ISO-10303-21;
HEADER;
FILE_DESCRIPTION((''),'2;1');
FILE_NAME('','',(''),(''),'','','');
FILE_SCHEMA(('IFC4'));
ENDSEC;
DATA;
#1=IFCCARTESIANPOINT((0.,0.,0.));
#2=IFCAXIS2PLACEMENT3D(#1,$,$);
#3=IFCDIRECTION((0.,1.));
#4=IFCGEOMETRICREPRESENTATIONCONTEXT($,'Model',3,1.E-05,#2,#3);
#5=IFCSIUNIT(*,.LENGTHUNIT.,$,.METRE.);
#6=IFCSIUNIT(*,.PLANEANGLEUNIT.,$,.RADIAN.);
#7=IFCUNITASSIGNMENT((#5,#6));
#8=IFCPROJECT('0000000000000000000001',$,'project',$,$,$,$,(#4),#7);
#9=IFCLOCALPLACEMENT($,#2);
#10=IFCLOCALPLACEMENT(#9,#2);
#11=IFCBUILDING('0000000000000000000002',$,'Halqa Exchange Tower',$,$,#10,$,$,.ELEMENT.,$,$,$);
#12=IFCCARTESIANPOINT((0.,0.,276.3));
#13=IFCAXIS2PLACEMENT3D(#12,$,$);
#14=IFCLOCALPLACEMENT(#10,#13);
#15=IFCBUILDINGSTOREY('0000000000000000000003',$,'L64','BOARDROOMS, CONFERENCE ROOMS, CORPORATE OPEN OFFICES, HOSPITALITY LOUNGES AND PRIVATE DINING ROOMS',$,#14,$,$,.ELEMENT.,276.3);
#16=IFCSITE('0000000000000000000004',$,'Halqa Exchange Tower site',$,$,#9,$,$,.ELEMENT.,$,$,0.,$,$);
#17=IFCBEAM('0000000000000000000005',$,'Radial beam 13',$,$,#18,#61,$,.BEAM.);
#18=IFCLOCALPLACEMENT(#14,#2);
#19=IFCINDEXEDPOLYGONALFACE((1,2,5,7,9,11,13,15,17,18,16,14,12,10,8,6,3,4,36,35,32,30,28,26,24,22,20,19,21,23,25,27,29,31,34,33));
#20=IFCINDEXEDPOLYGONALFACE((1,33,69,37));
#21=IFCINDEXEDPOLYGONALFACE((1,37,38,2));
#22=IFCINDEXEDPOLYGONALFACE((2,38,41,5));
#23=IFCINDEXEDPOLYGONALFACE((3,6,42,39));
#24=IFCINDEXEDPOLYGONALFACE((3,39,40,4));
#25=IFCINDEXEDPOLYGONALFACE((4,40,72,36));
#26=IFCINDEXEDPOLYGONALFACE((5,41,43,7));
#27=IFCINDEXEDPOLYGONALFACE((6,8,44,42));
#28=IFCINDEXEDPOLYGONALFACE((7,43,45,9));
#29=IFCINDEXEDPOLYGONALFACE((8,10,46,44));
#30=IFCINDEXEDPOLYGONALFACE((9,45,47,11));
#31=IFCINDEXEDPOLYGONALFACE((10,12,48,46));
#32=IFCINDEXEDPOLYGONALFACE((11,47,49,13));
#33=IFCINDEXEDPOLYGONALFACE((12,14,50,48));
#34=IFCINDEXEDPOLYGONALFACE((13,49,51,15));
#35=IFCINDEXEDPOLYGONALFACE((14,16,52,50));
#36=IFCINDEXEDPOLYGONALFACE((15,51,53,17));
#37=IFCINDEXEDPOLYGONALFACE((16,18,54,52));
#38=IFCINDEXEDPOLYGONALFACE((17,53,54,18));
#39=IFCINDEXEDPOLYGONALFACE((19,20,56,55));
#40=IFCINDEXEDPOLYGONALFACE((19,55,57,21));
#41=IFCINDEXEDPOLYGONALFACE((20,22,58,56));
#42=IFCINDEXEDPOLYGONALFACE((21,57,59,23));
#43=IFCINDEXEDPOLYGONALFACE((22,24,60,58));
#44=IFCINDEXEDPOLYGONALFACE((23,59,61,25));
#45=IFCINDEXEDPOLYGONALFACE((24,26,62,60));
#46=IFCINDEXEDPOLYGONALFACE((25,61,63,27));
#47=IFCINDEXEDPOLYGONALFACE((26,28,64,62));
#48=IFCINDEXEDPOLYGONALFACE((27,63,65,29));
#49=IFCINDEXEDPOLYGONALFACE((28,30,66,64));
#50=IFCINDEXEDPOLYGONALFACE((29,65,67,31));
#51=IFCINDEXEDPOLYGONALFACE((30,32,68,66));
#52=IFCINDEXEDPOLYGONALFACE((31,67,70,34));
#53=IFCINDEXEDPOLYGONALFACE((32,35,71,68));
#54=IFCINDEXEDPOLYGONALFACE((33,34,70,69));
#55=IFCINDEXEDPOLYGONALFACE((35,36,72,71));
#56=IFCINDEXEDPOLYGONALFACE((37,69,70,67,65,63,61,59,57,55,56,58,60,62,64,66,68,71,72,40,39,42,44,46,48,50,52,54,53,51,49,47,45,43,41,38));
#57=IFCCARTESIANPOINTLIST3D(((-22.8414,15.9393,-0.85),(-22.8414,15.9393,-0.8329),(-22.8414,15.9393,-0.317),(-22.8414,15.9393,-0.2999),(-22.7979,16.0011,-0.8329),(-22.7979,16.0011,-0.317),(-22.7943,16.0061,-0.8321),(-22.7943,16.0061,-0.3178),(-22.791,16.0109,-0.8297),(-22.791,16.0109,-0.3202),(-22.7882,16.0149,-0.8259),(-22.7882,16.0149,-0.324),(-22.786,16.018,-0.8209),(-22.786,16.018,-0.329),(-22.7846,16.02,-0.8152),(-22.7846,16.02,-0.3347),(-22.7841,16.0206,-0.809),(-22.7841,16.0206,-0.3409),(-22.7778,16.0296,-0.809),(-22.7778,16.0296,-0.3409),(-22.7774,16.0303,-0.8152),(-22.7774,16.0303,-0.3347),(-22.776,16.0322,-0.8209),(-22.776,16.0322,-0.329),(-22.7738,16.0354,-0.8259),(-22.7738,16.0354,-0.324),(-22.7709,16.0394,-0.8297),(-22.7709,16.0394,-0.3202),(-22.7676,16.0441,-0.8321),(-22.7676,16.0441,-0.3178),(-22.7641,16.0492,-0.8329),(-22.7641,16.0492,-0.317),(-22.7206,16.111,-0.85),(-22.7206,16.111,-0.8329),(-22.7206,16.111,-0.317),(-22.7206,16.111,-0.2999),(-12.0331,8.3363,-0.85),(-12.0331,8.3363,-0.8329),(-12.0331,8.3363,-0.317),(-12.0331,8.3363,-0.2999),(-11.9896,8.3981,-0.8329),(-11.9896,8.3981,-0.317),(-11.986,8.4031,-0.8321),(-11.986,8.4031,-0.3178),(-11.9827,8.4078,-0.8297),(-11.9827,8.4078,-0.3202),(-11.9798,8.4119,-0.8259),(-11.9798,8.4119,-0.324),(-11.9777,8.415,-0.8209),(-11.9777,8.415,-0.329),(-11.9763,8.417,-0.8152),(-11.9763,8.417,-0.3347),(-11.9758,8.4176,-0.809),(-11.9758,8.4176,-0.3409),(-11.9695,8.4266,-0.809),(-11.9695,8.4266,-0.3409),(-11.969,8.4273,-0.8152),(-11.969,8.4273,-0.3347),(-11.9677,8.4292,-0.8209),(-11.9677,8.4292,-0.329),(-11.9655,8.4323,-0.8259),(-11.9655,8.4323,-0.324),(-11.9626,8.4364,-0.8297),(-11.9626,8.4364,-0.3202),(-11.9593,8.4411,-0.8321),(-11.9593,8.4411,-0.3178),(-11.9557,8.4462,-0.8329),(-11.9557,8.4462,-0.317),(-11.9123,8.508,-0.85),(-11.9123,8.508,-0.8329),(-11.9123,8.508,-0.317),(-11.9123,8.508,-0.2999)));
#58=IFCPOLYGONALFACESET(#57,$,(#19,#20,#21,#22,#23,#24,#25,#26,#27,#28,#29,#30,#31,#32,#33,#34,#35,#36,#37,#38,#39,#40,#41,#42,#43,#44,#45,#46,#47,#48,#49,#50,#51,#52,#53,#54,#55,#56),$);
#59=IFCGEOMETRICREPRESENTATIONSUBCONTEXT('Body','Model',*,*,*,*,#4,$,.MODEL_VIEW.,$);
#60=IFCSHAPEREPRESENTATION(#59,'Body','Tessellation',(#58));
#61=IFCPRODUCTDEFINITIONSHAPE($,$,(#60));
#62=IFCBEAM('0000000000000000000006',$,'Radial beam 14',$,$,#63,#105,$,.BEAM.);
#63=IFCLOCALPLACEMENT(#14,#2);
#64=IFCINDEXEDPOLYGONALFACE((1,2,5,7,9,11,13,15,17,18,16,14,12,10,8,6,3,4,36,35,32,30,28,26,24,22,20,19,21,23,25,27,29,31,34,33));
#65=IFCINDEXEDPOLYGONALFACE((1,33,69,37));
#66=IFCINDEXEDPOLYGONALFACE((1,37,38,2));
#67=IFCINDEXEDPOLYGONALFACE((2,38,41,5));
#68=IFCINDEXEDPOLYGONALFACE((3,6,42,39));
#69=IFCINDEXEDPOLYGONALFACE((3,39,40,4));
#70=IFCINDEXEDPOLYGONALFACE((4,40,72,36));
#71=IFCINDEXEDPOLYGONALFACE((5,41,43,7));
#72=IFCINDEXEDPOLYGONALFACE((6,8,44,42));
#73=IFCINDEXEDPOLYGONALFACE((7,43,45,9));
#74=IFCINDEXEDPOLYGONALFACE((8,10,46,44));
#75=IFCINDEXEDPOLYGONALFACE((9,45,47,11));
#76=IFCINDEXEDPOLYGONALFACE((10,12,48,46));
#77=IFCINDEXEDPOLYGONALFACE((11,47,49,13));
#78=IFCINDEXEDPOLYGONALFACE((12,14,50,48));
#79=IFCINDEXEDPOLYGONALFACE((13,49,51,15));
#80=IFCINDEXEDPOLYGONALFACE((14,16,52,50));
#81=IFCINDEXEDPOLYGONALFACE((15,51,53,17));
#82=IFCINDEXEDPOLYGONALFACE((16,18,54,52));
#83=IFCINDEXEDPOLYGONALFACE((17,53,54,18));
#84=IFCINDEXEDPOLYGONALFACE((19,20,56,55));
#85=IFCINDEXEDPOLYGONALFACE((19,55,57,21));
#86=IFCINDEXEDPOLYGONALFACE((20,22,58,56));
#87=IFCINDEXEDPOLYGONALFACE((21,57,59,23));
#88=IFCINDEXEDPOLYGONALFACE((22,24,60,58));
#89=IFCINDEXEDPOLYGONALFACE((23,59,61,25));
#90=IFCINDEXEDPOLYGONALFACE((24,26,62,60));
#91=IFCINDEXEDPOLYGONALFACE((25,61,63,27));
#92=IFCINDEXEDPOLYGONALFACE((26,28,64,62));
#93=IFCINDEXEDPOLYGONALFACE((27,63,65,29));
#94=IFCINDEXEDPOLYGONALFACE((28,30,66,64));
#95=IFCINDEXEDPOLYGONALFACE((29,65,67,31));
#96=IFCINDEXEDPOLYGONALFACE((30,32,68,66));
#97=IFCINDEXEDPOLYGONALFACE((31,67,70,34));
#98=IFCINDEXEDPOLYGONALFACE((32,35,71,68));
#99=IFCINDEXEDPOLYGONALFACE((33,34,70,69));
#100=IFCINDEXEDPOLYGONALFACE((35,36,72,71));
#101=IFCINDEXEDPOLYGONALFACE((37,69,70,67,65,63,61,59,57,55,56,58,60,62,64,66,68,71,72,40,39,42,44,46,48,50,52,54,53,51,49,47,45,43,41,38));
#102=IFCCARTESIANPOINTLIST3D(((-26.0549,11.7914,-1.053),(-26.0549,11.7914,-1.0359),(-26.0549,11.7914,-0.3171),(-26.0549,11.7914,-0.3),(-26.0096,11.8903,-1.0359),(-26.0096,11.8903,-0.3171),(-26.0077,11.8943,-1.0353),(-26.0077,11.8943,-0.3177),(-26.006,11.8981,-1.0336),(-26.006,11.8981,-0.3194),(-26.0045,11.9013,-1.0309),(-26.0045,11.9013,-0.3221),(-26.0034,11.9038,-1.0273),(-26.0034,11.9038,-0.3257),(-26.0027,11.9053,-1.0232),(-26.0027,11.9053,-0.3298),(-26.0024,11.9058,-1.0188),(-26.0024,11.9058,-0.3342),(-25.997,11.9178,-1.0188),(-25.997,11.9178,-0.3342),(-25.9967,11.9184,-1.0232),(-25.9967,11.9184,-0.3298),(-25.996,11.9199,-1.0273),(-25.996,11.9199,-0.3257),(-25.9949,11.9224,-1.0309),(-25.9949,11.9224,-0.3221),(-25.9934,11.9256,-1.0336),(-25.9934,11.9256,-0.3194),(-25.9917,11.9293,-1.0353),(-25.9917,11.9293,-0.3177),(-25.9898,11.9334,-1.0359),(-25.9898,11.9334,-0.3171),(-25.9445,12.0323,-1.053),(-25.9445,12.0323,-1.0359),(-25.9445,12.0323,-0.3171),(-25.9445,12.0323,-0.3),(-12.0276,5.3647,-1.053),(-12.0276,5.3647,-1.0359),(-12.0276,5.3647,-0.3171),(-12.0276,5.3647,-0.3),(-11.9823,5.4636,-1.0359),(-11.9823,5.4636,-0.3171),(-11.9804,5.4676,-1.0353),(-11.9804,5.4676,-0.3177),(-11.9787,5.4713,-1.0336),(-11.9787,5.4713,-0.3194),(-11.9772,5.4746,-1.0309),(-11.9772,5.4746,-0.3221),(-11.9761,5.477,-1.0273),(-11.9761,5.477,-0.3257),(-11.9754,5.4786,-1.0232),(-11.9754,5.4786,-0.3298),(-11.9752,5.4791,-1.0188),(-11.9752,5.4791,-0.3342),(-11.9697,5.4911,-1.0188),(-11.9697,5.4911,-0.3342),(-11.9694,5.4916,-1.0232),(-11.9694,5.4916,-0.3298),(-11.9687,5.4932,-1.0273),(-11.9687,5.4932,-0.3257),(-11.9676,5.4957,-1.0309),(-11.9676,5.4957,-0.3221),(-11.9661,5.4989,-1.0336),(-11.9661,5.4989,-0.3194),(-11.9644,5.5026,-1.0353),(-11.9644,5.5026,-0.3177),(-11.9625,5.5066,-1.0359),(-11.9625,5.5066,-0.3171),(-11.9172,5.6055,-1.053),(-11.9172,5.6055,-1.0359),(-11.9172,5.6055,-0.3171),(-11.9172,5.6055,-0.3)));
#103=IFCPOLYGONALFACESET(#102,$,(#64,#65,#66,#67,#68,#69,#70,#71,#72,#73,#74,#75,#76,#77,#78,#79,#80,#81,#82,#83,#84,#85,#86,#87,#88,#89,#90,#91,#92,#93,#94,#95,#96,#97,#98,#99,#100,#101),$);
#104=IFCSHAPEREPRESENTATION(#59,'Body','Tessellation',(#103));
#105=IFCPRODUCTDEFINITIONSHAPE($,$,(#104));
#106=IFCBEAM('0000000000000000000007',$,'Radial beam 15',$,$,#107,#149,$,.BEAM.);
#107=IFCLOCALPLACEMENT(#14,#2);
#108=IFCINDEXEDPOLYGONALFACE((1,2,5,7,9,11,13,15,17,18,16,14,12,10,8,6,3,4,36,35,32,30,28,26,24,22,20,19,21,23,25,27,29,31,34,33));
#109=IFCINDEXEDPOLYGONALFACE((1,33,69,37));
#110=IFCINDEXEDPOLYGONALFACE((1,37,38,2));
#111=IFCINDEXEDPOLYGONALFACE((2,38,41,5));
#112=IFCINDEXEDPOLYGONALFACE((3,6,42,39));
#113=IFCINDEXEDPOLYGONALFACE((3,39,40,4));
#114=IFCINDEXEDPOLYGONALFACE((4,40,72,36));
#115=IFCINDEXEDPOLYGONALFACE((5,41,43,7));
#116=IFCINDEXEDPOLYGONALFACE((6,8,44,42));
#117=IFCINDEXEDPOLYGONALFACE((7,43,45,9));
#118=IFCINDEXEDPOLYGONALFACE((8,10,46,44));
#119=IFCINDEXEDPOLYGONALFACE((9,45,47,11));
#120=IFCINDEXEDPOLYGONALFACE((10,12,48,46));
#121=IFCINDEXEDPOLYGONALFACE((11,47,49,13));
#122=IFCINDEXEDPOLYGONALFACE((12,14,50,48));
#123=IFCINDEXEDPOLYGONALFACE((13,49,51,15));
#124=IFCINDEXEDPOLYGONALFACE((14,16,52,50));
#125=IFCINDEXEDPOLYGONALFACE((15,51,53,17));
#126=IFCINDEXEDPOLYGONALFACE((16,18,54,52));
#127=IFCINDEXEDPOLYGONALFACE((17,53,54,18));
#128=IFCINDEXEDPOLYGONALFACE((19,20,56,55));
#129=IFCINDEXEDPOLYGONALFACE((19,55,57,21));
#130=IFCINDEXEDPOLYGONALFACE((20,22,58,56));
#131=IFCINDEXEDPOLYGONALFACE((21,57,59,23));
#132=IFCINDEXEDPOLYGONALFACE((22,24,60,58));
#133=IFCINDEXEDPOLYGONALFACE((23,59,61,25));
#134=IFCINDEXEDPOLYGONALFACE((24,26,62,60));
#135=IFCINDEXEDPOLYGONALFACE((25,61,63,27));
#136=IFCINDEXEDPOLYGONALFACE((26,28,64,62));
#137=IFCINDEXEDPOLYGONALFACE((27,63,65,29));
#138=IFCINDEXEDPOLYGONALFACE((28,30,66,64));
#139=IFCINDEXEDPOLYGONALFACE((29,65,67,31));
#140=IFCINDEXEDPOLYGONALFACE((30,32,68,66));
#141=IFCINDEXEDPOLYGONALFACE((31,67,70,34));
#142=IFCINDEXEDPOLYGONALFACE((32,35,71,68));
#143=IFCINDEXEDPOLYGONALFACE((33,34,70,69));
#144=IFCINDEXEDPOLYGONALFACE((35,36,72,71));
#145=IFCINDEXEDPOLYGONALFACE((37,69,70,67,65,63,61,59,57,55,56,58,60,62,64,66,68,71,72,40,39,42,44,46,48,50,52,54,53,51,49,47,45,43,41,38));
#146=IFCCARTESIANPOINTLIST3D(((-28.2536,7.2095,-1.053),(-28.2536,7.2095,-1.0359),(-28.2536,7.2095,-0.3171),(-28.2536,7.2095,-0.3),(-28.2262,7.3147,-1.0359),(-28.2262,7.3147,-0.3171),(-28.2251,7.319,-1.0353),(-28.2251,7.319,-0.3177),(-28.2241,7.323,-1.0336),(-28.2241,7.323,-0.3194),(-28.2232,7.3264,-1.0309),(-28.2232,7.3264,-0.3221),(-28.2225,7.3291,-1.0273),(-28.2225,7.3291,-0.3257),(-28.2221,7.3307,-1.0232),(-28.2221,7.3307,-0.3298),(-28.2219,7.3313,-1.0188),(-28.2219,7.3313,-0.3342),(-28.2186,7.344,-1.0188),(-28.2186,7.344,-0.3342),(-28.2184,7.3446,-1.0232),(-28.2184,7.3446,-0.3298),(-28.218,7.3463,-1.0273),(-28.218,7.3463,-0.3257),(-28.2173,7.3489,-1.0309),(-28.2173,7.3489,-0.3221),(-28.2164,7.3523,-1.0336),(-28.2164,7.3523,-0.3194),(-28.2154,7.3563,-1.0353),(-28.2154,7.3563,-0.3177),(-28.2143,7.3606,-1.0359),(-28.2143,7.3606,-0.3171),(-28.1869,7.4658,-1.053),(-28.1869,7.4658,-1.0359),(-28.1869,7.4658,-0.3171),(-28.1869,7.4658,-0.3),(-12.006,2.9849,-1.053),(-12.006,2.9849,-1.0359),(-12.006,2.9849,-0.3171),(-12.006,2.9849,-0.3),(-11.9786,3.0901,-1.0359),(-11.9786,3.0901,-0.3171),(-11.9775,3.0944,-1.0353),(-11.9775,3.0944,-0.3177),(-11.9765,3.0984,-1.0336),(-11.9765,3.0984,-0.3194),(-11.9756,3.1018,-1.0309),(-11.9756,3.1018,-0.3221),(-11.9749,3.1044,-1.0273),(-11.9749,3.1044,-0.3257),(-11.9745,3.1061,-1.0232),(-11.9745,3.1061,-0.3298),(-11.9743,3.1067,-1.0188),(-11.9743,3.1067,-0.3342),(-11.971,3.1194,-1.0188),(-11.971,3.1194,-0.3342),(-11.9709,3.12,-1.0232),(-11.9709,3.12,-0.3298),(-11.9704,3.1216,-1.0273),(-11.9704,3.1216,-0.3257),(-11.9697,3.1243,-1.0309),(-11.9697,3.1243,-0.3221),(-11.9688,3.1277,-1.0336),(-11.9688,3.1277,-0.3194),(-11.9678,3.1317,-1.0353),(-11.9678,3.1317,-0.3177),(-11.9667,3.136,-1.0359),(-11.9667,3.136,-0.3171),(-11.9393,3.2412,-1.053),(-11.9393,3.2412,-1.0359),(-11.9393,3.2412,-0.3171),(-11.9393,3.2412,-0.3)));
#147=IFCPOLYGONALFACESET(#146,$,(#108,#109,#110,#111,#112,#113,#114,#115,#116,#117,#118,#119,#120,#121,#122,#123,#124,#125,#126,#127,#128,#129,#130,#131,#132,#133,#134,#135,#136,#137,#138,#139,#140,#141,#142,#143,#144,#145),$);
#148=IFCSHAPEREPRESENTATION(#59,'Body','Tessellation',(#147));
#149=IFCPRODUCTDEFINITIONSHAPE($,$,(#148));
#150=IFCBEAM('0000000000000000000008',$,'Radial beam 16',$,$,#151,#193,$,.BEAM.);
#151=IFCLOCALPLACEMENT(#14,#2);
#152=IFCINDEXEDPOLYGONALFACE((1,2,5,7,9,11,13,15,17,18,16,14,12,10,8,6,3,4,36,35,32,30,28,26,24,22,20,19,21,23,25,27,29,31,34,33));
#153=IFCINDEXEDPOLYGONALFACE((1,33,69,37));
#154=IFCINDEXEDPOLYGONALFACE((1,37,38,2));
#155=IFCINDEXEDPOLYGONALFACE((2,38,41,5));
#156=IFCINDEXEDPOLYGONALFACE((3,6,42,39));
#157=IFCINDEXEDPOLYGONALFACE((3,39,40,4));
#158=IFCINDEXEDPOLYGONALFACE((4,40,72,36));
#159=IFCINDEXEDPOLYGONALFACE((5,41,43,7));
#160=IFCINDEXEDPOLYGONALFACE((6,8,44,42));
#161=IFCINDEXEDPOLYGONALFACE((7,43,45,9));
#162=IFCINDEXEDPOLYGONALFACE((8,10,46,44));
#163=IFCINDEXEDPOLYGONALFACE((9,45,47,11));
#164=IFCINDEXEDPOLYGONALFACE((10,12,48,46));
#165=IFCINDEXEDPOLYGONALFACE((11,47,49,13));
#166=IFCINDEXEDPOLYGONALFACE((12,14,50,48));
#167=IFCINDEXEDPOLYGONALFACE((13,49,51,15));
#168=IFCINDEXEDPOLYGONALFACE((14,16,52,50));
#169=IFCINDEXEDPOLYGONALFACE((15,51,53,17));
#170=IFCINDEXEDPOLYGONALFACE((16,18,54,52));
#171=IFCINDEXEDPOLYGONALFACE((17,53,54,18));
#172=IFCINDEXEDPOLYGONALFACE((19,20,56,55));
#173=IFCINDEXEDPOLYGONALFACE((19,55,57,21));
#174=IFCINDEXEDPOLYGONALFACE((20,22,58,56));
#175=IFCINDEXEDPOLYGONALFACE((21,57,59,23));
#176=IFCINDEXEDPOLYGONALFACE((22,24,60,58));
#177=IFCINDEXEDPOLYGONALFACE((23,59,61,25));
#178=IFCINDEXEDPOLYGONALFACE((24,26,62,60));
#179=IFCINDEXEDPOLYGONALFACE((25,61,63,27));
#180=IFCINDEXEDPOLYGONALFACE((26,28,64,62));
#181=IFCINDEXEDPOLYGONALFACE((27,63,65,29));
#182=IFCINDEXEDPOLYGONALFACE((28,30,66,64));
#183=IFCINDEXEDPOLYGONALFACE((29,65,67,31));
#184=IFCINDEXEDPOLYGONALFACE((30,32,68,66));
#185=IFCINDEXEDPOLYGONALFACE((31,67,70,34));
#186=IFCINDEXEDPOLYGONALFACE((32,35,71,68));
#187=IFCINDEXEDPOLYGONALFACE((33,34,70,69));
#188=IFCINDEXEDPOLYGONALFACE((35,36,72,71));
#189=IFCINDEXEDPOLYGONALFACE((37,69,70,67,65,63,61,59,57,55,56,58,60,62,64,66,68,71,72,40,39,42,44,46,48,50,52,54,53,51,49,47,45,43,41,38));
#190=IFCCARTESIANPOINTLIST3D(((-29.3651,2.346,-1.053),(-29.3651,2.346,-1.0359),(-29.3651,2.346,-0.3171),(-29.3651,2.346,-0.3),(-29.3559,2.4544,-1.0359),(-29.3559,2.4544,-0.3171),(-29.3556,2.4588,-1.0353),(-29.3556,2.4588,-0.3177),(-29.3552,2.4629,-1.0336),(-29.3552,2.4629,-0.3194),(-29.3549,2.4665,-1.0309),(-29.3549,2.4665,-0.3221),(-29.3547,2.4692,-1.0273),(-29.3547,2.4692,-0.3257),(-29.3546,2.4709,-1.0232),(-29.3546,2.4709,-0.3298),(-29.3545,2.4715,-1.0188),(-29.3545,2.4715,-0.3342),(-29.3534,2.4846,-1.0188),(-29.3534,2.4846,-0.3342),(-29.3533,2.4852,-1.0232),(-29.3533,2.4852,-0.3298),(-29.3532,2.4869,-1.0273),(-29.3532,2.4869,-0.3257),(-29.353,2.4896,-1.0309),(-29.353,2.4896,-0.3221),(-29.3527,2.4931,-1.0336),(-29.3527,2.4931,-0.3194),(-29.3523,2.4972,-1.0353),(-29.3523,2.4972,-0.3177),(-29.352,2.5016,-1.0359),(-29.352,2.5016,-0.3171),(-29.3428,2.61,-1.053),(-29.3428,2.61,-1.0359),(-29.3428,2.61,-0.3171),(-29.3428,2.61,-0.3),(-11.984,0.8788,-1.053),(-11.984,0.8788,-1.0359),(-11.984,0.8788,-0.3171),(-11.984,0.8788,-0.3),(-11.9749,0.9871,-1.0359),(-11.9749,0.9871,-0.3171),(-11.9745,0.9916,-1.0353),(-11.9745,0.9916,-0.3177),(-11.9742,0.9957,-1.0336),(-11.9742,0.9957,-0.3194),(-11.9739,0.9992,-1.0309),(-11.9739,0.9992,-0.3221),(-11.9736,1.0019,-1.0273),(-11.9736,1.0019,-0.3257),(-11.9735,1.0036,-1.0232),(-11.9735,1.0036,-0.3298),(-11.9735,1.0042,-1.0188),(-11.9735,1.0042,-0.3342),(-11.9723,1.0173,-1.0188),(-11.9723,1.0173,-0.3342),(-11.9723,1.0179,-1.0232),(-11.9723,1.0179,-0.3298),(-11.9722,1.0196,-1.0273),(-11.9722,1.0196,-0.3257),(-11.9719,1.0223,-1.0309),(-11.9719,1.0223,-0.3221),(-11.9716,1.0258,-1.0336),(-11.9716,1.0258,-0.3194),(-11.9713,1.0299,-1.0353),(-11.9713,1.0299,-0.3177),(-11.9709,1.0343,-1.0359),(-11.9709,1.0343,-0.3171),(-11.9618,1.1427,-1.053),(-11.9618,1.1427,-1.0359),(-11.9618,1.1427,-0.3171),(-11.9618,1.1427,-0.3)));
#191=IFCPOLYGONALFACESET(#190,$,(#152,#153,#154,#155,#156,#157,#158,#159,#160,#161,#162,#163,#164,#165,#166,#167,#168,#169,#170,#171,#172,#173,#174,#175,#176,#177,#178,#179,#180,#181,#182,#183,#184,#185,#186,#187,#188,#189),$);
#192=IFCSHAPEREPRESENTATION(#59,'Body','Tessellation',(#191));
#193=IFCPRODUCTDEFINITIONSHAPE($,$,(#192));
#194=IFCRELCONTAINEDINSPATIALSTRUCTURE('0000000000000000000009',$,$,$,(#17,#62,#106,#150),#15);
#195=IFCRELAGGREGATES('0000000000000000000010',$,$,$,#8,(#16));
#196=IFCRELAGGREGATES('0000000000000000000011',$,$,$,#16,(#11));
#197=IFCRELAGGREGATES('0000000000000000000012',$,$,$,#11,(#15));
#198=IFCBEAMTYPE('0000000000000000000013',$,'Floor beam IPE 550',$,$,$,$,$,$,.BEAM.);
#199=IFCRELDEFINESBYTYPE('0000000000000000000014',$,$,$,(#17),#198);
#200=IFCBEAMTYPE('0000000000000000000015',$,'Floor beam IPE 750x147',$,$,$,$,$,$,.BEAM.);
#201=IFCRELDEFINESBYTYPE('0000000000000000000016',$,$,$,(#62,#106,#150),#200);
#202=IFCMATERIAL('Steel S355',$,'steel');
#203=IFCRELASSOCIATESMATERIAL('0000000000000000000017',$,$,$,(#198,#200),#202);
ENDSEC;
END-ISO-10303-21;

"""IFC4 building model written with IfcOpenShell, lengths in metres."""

from ifc_helpers import new_model, si_unit, direction, frame, origin, origin_2d, place, context, subcontext, project, spatial, i_section, extrude, material, material_profile, profile_set, type_object, element, save


model = new_model("IFC4")

# Units and contexts
model_context = context("Model", 3, precision=1e-05, world=origin(), true_north=direction((0.0, 1.0)))
body_context = subcontext(model_context, "Body", "Model", "MODEL_VIEW")
ifc_project = project(units=[si_unit("LENGTHUNIT", "METRE"), si_unit("PLANEANGLEUNIT", "RADIAN")], contexts=[model_context])

# Site, building, storey
site_placement = place(None, origin())
site = spatial("IfcSite", under=ifc_project, at=site_placement, Name="Halqa Exchange Tower site", CompositionType="ELEMENT", RefElevation=0.0)
building_placement = place(site_placement, origin())
building = spatial("IfcBuilding", under=site, at=building_placement, Name="Halqa Exchange Tower", CompositionType="ELEMENT")
storey_placement = place(building_placement, frame((0.0, 0.0, 276.3)))
storey = spatial("IfcBuildingStorey", under=building, at=storey_placement, Name="L64", Description="BOARDROOMS, CONFERENCE ROOMS, CORPORATE OPEN OFFICES, HOSPITALITY LOUNGES AND PRIVATE DINING ROOMS", CompositionType="ELEMENT", Elevation=276.3)

# Beams
ifc_material_1 = material(Name="Steel S355", Category="steel")
ifc_material_profile_1 = material_profile(ifc_material_1, i_section(OverallWidth=0.21, OverallDepth=0.55, WebThickness=0.011, FlangeThickness=0.0171, FilletRadius=0.0239, at=origin_2d()), Name="IPE 550")
ifc_profile_set_1 = profile_set([ifc_material_profile_1], Name="Steel S355")
beam_type_1 = type_object("IfcBeamType", Name="Floor beam IPE 550", PredefinedType="BEAM", material=ifc_profile_set_1)
beam_1_placement = place(storey_placement, frame((-11.9727, 8.4221, -0.575), z_axis=(-0.817908, 0.575349, 0.0), x_axis=(-0.575349, -0.817908, 0.0)))
element("IfcBeam", 1, at=beam_1_placement, inside=storey, type_object=beam_type_1, Name="Radial beam 13", PredefinedType="BEAM", context=body_context, shape_type="SweptSolid", body=[
    extrude(i_section(OverallWidth=0.21, OverallDepth=0.55, WebThickness=0.011, FlangeThickness=0.0171, FilletRadius=0.0239, at=origin_2d()), origin(), (0.0, 0.0, 1.0), 13.2146),
])
ifc_material_profile_2 = material_profile(ifc_material_1, i_section(OverallWidth=0.2649, OverallDepth=0.7529, WebThickness=0.0132, FlangeThickness=0.0171, FilletRadius=0.0171, at=origin_2d()), Name="IPE 750x147")
ifc_profile_set_2 = profile_set([ifc_material_profile_2], Name="Steel S355")
beam_type_2 = type_object("IfcBeamType", Name="Floor beam IPE 750x147", PredefinedType="BEAM", material=ifc_profile_set_2)
beam_2_placement = place(storey_placement, frame((-11.9724, 5.4851, -0.6765), z_axis=(-0.909125, 0.416524, 0.0), x_axis=(-0.416524, -0.909125, 0.0)))
element("IfcBeam", 2, at=beam_2_placement, inside=storey, type_object=beam_type_2, Name="Radial beam 14", PredefinedType="BEAM", context=body_context, shape_type="SweptSolid", body=[
    extrude(i_section(OverallWidth=0.2649, OverallDepth=0.7529, WebThickness=0.0132, FlangeThickness=0.0171, FilletRadius=0.0171, at=origin_2d()), origin(), (0.0, 0.0, 1.0), 15.4294),
])
beam_3_placement = place(storey_placement, frame((-11.9727, 3.113, -0.6765), z_axis=(-0.967819, 0.251647, 0.0), x_axis=(-0.251647, -0.967819, 0.0)))
element("IfcBeam", 3, at=beam_3_placement, inside=storey, type_object=beam_type_2, Name="Radial beam 15", PredefinedType="BEAM", context=body_context, shape_type="SweptSolid", body=[
    extrude(i_section(OverallWidth=0.2649, OverallDepth=0.7529, WebThickness=0.0132, FlangeThickness=0.0171, FilletRadius=0.0171, at=origin_2d()), origin(), (0.0, 0.0, 1.0), 16.7878),
])
beam_4_placement = place(storey_placement, frame((-11.9729, 1.0107, -0.6765), z_axis=(-0.996456, 0.084119, 0.0), x_axis=(-0.084119, -0.996456, 0.0)))
element("IfcBeam", 4, at=beam_4_placement, inside=storey, type_object=beam_type_2, Name="Radial beam 16", PredefinedType="BEAM", context=body_context, shape_type="SweptSolid", body=[
    extrude(i_section(OverallWidth=0.2649, OverallDepth=0.7529, WebThickness=0.0132, FlangeThickness=0.0171, FilletRadius=0.0171, at=origin_2d()), origin(), (0.0, 0.0, 1.0), 17.4429),
])

save(model, "model.ifc")
